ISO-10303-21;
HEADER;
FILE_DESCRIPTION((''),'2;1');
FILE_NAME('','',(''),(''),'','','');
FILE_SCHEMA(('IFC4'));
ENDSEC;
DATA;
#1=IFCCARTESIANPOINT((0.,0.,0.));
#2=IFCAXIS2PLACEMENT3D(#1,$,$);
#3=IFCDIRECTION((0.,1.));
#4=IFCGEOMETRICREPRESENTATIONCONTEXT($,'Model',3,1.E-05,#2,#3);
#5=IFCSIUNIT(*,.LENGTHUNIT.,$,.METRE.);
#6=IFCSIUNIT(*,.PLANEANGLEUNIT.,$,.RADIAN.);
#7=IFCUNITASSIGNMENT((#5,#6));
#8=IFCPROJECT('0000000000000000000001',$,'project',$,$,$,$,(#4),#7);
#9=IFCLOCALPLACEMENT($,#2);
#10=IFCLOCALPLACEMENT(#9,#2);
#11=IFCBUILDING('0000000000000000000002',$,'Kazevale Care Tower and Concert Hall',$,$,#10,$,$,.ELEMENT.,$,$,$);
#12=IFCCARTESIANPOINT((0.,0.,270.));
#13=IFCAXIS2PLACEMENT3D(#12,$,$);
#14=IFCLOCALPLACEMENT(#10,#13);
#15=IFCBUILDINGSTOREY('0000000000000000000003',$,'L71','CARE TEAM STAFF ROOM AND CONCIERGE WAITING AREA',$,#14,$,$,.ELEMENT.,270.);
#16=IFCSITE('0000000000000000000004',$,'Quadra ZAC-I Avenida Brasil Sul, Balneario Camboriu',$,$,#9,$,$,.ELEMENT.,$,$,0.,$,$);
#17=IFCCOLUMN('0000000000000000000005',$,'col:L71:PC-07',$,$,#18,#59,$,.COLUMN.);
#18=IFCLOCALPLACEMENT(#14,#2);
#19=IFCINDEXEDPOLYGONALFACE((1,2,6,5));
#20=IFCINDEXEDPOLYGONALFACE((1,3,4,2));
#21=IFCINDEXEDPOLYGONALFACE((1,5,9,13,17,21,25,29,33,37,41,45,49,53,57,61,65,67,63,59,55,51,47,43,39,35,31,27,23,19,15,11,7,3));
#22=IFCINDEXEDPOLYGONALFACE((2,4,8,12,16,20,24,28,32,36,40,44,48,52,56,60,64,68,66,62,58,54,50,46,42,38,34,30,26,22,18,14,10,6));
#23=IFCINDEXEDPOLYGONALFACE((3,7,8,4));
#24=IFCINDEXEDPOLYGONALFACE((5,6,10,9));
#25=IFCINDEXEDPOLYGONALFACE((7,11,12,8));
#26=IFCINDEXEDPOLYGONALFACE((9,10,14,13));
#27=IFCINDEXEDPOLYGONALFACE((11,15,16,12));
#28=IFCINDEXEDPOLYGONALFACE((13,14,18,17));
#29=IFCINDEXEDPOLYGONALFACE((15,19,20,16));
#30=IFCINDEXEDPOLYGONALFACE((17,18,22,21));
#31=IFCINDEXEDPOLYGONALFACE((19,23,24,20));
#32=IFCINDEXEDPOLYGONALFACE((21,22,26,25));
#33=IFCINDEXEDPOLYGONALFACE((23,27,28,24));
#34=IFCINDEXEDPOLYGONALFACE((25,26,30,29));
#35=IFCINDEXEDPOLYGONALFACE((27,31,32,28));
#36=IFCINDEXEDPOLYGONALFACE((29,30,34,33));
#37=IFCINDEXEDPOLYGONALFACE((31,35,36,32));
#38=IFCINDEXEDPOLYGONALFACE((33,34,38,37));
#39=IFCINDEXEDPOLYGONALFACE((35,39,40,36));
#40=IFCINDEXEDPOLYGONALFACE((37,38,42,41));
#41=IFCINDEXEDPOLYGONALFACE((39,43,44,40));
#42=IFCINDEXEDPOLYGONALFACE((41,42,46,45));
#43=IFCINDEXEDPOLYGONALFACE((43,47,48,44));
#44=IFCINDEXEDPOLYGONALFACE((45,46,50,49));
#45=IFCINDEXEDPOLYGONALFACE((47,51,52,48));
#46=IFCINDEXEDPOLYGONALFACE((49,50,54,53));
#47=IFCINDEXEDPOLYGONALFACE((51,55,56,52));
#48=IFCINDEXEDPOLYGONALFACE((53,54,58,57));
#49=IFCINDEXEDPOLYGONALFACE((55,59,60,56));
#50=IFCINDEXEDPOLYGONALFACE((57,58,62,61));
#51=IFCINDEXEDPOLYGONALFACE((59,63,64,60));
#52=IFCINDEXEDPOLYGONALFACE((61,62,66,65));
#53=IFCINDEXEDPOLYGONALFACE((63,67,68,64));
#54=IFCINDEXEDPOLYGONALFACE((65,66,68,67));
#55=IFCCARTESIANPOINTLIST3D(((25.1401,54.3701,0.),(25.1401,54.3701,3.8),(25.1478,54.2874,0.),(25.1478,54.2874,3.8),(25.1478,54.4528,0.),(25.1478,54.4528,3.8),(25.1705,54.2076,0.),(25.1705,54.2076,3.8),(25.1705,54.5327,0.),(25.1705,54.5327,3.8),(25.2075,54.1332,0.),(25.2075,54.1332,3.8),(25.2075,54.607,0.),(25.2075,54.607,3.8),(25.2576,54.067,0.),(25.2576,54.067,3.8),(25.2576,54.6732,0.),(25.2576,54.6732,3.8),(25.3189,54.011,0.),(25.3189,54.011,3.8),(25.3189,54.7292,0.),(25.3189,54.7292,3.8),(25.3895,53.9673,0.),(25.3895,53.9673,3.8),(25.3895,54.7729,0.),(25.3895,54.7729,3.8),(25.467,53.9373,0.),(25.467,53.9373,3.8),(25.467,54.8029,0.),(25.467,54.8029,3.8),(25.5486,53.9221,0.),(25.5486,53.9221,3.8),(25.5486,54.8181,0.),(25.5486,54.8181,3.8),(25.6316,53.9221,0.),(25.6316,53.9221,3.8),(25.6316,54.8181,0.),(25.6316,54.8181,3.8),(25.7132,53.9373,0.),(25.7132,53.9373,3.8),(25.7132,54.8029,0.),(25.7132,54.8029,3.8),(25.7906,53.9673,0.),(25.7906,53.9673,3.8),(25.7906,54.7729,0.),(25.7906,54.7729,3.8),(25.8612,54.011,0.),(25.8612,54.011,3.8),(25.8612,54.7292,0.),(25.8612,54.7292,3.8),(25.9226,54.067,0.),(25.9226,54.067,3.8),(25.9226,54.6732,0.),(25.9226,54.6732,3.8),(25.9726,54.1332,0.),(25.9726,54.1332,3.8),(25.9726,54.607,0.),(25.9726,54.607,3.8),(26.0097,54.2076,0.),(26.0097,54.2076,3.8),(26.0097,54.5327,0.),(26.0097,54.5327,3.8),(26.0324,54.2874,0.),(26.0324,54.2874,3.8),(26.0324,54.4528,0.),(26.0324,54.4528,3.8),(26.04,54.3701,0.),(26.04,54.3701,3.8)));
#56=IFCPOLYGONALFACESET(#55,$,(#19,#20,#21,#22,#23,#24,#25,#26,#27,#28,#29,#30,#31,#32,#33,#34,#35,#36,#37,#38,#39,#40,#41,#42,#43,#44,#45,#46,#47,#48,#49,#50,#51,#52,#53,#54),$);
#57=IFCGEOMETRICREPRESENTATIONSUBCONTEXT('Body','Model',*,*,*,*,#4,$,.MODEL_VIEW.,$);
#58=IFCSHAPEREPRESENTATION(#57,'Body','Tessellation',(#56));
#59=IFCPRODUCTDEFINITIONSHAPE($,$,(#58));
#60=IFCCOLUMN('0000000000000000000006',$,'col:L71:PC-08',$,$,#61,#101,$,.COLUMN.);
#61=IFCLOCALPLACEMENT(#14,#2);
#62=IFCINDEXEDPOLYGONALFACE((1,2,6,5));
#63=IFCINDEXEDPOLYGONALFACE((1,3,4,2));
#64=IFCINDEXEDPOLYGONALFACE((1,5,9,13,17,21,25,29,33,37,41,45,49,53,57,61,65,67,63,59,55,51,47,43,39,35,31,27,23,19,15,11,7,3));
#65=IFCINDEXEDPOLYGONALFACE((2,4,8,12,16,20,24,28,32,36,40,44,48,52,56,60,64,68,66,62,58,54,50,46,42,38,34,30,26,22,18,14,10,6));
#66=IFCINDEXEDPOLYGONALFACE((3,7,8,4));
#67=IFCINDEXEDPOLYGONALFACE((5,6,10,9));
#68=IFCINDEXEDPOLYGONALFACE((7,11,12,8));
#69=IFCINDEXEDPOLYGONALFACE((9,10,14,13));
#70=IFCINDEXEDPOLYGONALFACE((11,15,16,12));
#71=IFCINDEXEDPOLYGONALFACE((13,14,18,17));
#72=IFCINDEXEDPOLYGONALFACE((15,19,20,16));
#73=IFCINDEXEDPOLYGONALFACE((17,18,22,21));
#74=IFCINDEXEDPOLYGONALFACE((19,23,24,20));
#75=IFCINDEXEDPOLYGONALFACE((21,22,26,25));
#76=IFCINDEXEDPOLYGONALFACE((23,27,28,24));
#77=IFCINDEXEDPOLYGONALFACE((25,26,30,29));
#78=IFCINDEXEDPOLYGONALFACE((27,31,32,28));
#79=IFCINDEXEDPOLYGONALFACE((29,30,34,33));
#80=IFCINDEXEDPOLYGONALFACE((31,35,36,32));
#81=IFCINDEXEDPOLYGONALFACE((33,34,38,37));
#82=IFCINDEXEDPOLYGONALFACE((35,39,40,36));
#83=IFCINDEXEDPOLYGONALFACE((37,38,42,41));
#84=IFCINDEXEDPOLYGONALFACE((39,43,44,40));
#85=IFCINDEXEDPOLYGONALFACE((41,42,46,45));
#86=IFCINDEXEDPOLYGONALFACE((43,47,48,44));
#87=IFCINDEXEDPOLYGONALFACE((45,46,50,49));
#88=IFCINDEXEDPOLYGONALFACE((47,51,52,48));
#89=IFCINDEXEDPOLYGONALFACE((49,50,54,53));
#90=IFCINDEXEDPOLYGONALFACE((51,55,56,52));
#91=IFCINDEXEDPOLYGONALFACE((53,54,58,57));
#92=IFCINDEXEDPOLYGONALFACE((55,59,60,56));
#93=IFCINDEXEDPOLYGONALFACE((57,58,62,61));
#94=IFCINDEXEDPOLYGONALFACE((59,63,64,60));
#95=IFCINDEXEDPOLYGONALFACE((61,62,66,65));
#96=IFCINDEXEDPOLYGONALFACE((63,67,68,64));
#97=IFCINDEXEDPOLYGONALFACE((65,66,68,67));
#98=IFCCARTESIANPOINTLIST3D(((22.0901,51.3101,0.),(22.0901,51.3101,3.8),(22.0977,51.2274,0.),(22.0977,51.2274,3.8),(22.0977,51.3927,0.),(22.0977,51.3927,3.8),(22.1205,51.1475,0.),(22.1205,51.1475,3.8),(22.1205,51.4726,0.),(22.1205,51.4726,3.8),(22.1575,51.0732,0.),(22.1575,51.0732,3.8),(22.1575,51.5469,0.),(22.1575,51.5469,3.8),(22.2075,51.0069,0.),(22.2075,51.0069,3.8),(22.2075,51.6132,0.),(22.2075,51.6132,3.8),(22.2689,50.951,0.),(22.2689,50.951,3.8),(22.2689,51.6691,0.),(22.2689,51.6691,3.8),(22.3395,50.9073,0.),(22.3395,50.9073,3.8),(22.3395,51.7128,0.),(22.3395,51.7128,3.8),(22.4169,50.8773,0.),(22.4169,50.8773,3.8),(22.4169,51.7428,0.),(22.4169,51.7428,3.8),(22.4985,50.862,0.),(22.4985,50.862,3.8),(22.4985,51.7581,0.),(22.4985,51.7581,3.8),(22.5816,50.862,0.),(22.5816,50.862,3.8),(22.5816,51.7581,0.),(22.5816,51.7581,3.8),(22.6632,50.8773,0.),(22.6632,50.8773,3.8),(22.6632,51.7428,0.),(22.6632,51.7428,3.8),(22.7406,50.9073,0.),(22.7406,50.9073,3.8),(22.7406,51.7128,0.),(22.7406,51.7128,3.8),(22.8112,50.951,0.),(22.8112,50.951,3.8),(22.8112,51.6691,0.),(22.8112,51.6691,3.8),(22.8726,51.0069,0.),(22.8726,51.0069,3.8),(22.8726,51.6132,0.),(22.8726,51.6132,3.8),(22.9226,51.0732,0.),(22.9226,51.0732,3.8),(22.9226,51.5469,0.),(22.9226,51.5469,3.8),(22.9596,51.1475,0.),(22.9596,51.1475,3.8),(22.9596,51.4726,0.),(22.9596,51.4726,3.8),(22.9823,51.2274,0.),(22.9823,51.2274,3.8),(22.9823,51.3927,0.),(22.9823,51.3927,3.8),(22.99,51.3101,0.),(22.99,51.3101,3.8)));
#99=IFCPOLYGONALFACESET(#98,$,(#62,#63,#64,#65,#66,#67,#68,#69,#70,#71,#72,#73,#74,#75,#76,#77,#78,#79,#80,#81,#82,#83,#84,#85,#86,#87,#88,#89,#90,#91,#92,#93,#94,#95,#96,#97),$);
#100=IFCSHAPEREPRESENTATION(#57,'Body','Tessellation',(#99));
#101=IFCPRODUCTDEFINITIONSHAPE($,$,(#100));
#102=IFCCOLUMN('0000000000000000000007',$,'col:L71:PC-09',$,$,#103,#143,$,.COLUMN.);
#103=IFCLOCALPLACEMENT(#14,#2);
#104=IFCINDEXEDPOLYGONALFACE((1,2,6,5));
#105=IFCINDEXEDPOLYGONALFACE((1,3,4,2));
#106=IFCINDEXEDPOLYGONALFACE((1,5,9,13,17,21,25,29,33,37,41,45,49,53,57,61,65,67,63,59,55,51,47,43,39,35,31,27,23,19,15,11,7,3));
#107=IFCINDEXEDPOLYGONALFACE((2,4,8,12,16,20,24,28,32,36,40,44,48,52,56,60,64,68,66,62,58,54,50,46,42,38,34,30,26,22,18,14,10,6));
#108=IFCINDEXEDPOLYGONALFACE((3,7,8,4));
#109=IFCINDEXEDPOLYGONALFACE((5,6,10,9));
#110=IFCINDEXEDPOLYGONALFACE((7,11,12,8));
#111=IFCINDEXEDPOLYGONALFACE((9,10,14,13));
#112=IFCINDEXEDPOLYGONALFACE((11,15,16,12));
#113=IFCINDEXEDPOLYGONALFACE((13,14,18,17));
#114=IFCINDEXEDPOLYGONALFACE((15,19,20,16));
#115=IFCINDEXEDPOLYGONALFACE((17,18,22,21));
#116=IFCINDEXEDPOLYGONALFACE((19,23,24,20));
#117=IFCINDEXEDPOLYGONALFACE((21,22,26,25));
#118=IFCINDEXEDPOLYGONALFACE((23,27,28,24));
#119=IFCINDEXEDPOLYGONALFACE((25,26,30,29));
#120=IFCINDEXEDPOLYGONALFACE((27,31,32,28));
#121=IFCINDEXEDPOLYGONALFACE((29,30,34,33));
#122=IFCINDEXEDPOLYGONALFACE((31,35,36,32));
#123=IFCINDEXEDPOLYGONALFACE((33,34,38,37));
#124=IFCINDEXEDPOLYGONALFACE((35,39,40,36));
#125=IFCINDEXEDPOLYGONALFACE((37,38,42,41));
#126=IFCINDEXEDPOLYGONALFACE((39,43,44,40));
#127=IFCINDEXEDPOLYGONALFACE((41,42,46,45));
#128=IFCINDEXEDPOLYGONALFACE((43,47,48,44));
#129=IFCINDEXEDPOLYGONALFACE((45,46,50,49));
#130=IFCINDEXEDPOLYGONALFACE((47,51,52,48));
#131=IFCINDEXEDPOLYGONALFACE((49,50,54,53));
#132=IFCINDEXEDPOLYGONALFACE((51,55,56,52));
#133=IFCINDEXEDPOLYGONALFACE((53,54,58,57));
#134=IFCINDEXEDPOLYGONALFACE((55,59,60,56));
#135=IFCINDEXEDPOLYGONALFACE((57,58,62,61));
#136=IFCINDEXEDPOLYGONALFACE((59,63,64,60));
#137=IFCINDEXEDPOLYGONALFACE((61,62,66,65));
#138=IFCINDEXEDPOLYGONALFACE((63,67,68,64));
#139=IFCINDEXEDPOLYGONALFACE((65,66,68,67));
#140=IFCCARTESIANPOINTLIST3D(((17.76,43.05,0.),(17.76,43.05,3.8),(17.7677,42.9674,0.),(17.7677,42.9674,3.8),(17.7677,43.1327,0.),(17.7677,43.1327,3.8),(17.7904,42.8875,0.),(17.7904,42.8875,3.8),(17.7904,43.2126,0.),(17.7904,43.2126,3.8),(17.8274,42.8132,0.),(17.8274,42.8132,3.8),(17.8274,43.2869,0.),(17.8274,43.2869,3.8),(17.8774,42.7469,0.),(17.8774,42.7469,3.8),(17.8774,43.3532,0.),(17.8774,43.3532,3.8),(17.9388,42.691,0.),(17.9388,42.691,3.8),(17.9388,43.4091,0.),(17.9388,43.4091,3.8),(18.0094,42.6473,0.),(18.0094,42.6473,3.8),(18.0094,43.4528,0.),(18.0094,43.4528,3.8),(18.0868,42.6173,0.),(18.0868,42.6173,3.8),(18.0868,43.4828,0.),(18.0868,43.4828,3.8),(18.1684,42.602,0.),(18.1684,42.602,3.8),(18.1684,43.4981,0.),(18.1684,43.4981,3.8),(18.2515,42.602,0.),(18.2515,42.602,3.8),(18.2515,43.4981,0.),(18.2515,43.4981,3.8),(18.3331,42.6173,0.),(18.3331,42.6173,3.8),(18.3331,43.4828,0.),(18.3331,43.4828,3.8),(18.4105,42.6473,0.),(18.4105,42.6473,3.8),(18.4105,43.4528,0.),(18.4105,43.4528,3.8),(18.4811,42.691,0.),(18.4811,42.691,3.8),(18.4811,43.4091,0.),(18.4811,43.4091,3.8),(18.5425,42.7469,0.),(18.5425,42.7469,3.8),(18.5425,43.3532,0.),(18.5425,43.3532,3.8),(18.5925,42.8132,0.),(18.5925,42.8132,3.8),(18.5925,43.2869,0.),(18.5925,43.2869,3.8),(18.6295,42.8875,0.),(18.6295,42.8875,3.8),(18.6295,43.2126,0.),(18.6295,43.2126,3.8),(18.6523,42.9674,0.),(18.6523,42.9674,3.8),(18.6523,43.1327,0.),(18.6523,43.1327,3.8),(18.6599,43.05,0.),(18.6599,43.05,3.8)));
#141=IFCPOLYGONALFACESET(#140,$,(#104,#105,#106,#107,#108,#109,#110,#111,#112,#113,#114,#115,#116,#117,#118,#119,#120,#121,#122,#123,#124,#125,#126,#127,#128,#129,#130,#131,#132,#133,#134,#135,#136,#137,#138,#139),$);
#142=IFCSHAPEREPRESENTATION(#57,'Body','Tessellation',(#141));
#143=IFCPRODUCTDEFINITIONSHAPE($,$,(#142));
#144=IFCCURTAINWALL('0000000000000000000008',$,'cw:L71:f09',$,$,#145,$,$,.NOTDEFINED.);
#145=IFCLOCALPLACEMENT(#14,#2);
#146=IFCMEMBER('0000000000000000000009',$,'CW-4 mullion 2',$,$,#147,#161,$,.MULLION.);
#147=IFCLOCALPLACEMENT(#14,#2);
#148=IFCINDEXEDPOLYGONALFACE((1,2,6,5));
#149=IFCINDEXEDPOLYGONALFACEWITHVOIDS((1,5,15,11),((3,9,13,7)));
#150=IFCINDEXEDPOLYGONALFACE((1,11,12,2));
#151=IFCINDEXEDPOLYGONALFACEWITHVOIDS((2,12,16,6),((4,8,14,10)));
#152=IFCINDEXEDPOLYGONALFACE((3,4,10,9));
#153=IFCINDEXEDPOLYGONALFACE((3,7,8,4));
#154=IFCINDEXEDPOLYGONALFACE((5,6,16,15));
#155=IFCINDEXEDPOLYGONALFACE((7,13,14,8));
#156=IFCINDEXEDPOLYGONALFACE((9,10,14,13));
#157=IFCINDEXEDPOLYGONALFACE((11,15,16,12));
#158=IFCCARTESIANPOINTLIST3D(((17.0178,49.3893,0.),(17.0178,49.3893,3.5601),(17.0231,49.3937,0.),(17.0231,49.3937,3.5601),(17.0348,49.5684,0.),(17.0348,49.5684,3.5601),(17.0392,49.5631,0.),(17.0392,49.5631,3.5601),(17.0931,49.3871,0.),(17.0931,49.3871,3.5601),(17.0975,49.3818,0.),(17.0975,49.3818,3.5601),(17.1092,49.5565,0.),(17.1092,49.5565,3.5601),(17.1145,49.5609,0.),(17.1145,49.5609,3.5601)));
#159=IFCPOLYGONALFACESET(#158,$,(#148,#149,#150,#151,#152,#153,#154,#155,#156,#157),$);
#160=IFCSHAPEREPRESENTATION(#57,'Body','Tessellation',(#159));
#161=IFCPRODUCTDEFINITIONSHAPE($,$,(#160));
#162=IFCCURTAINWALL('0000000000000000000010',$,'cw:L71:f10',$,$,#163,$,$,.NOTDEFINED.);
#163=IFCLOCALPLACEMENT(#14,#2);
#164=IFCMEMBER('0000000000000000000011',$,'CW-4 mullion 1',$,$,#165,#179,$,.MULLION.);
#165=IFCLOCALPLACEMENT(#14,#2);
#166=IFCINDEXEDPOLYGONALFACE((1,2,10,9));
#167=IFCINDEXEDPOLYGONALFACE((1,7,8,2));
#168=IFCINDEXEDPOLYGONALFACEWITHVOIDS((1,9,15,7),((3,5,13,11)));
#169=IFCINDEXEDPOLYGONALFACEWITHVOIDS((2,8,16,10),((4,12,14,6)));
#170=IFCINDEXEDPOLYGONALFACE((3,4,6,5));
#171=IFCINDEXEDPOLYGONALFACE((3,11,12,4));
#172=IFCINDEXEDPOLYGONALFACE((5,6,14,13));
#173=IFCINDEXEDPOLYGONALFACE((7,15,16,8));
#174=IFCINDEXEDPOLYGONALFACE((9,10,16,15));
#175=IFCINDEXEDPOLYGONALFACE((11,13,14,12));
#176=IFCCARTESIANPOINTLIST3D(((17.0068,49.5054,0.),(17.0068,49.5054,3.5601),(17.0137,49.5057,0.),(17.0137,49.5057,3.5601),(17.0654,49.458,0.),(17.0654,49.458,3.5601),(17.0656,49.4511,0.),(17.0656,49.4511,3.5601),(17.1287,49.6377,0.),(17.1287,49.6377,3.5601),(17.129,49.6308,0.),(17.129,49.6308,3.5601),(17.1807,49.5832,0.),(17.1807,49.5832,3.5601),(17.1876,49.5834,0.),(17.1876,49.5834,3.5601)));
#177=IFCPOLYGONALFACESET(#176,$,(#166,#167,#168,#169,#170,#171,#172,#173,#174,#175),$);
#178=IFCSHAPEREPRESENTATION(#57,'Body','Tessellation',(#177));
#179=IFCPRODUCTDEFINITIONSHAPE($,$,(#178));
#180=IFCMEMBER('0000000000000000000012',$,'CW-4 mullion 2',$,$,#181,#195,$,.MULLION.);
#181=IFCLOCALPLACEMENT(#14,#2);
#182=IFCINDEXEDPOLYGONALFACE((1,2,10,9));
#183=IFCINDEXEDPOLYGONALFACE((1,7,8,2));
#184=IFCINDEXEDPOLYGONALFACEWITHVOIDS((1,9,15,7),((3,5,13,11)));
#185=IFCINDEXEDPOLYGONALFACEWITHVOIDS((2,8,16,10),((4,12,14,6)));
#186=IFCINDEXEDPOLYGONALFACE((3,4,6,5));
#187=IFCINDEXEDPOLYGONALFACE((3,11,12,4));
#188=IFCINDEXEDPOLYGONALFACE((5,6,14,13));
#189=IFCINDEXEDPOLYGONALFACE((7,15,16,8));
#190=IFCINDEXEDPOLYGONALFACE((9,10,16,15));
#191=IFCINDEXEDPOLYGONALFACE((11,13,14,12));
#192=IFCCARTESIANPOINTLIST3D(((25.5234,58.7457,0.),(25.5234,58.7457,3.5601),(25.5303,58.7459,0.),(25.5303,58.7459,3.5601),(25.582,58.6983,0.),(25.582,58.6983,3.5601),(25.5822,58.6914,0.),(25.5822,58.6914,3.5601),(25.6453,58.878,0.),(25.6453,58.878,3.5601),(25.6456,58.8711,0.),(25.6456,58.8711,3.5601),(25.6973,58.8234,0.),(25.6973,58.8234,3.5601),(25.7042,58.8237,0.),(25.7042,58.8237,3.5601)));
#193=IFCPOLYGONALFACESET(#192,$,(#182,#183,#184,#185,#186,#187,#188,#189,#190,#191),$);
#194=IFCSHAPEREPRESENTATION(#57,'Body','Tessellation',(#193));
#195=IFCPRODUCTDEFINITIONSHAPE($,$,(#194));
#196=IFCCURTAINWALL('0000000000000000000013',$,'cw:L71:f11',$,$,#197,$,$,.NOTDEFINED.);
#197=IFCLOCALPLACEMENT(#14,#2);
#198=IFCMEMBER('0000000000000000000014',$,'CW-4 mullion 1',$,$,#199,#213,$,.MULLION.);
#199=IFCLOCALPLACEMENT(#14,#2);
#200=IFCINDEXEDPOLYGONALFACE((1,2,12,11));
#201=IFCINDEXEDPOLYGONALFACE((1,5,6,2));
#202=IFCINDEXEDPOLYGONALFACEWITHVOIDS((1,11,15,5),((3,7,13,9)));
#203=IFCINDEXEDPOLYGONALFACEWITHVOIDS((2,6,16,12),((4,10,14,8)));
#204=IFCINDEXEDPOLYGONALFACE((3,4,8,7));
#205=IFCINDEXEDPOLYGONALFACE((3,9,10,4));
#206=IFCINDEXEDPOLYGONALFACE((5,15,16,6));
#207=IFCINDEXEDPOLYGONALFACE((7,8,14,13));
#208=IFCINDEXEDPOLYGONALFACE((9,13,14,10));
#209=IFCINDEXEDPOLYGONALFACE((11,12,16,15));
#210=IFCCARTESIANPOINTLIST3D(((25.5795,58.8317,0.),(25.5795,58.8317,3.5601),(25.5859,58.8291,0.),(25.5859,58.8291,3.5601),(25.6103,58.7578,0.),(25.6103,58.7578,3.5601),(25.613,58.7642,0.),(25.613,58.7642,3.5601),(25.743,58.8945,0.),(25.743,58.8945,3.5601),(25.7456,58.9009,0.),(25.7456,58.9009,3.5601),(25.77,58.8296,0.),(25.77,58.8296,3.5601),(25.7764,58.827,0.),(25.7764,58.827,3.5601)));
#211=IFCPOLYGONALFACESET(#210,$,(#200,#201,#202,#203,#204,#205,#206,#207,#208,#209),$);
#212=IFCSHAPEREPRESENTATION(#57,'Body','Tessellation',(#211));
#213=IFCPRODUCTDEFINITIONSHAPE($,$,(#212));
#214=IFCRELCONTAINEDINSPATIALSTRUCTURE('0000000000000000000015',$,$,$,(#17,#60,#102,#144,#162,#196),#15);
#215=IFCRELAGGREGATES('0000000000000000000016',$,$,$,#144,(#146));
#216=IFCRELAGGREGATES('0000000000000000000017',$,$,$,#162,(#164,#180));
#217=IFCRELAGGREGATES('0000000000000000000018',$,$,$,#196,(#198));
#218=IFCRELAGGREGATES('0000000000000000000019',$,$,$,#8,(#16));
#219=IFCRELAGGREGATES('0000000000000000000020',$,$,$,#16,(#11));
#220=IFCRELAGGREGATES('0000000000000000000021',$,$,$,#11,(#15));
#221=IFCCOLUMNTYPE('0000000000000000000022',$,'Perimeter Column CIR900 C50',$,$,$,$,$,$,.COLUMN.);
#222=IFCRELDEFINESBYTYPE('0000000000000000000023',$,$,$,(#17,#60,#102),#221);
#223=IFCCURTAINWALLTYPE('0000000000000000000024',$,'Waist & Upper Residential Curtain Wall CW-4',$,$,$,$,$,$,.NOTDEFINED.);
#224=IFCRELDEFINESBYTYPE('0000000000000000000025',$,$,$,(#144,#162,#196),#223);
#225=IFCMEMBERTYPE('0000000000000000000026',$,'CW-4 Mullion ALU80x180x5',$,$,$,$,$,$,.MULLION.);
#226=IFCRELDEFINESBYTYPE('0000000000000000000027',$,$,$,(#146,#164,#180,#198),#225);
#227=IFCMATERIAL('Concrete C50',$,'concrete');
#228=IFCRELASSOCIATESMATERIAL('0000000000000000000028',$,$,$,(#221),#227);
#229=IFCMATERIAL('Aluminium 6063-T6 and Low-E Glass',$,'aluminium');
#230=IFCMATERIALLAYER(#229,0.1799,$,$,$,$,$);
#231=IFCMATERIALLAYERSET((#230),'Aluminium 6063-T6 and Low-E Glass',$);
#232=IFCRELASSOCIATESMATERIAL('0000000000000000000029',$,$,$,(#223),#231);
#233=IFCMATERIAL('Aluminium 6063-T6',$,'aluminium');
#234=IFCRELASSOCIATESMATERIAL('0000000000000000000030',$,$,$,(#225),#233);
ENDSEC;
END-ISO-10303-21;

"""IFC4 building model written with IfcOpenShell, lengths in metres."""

from ifc_helpers import new_model, si_unit, direction, frame, origin, origin_2d, place, context, subcontext, project, spatial, hollow_rectangle, circle, extrude, material, layer, layer_set, material_profile, profile_set, type_object, element, aggregate, save


model = new_model("IFC4")

# Units and contexts
model_context = context("Model", 3, precision=1e-05, world=origin(), true_north=direction((0.0, 1.0)))
body_context = subcontext(model_context, "Body", "Model", "MODEL_VIEW")
ifc_project = project(units=[si_unit("LENGTHUNIT", "METRE"), si_unit("PLANEANGLEUNIT", "RADIAN")], contexts=[model_context])

# Site, building, storey
site_placement = place(None, origin())
site = spatial("IfcSite", under=ifc_project, at=site_placement, Name="Quadra ZAC-I Avenida Brasil Sul, Balneario Camboriu", CompositionType="ELEMENT", RefElevation=0.0)
building_placement = place(site_placement, origin())
building = spatial("IfcBuilding", under=site, at=building_placement, Name="Kazevale Care Tower and Concert Hall", CompositionType="ELEMENT")
storey_placement = place(building_placement, frame((0.0, 0.0, 270.0)))
storey = spatial("IfcBuildingStorey", under=building, at=storey_placement, Name="L71", Description="CARE TEAM STAFF ROOM AND CONCIERGE WAITING AREA", CompositionType="ELEMENT", Elevation=270.0)

# Columns
ifc_material_1 = material(Name="Concrete C50", Category="concrete")
ifc_material_profile_1 = material_profile(ifc_material_1, circle(Radius=0.45, at=origin_2d()), Name="RC-CIR900")
ifc_profile_set_1 = profile_set([ifc_material_profile_1], Name="Concrete C50")
column_type = type_object("IfcColumnType", Name="Perimeter Column CIR900 C50", PredefinedType="COLUMN", material=ifc_profile_set_1)
for number, where, z_axis, x_axis, name in (
    (1, (25.5901, 54.3701, 0.0), (0.0, 0.0, 1.0), (1.0, 0.0, 0.0), "col:L71:PC-07"),
    (2, (22.54, 51.3101, 0.0), (0.0, 0.0, 1.0), (1.0, 0.0, 0.0), "col:L71:PC-08"),
    (3, (18.21, 43.05, 0.0), (0.0, 0.0, 1.0), (1.0, 0.0, 0.0), "col:L71:PC-09"),
):
    element("IfcColumn", number, at=place(storey_placement, frame(where, z_axis=z_axis, x_axis=x_axis)), inside=storey, type_object=column_type, Name=name, PredefinedType="COLUMN", context=body_context, shape_type="SweptSolid", body=[
        extrude(circle(Radius=0.45, at=origin_2d()), origin(), (0.0, 0.0, 1.0), 3.8),
    ])

# Curtain wall, member
ifc_material_2 = material(Name="Aluminium 6063-T6 and Low-E Glass", Category="aluminium")
ifc_layer_1 = layer(ifc_material_2, 0.1799)
ifc_layer_set_1 = layer_set([ifc_layer_1], Name="Aluminium 6063-T6 and Low-E Glass")
curtain_wall_type = type_object("IfcCurtainWallType", Name="Waist & Upper Residential Curtain Wall CW-4", PredefinedType="NOTDEFINED", material=ifc_layer_set_1)
curtain_wall_1_placement = place(storey_placement, origin())
curtain_wall_1 = element("IfcCurtainWall", 4, at=curtain_wall_1_placement, inside=storey, type_object=curtain_wall_type, Name="cw:L71:f09", PredefinedType="NOTDEFINED")
ifc_material_3 = material(Name="Aluminium 6063-T6", Category="aluminium")
ifc_material_profile_2 = material_profile(ifc_material_3, hollow_rectangle(XDim=0.0801, YDim=0.1799, WallThickness=0.0049, at=origin_2d()), Name="ALU80x180x5")
ifc_profile_set_2 = profile_set([ifc_material_profile_2], Name="Aluminium 6063-T6")
member_type_1 = type_object("IfcMemberType", Name="CW-4 Mullion ALU80x180x5", PredefinedType="MULLION", material=ifc_profile_set_2)
member_1_placement = place(storey_placement, frame((17.0662, 49.4751, 0.0), z_axis=(0.0, 0.0, 1.0), x_axis=(-0.99555, 0.094238, 0.0)))
member_1 = element("IfcMember", 5, at=member_1_placement, type_object=member_type_1, Name="CW-4 mullion 2", PredefinedType="MULLION", context=body_context, shape_type="SweptSolid", body=[
    extrude(hollow_rectangle(XDim=0.0801, YDim=0.1799, WallThickness=0.0049, at=origin_2d()), origin(), (0.0, 0.0, 1.0), 3.5601),
])

# Curtain wall, members
curtain_wall_2_placement = place(storey_placement, origin())
curtain_wall_2 = element("IfcCurtainWall", 6, at=curtain_wall_2_placement, inside=storey, type_object=curtain_wall_type, Name="cw:L71:f10", PredefinedType="NOTDEFINED")
member_2_placement = place(storey_placement, frame((17.0972, 49.5444, 0.0), z_axis=(0.0, 0.0, 1.0), x_axis=(-0.735303, 0.677738, 0.0)))
member_2 = element("IfcMember", 7, at=member_2_placement, type_object=member_type_1, Name="CW-4 mullion 1", PredefinedType="MULLION", context=body_context, shape_type="SweptSolid", body=[
    extrude(hollow_rectangle(XDim=0.0801, YDim=0.1799, WallThickness=0.0049, at=origin_2d()), origin(), (0.0, 0.0, 1.0), 3.5601),
])
member_3_placement = place(storey_placement, frame((25.6138, 58.7847, 0.0), z_axis=(0.0, 0.0, 1.0), x_axis=(-0.735303, 0.677738, 0.0)))
member_3 = element("IfcMember", 8, at=member_3_placement, type_object=member_type_1, Name="CW-4 mullion 2", PredefinedType="MULLION", context=body_context, shape_type="SweptSolid", body=[
    extrude(hollow_rectangle(XDim=0.0801, YDim=0.1799, WallThickness=0.0049, at=origin_2d()), origin(), (0.0, 0.0, 1.0), 3.5601),
])

# Curtain wall, member
curtain_wall_3_placement = place(storey_placement, origin())
curtain_wall_3 = element("IfcCurtainWall", 9, at=curtain_wall_3_placement, inside=storey, type_object=curtain_wall_type, Name="cw:L71:f11", PredefinedType="NOTDEFINED")
member_4_placement = place(storey_placement, frame((25.678, 58.8293, 0.0), z_axis=(0.0, 0.0, 1.0), x_axis=(-0.384684, 0.923048, 0.0)))
member_4 = element("IfcMember", 10, at=member_4_placement, type_object=member_type_1, Name="CW-4 mullion 1", PredefinedType="MULLION", context=body_context, shape_type="SweptSolid", body=[
    extrude(hollow_rectangle(XDim=0.0801, YDim=0.1799, WallThickness=0.0049, at=origin_2d()), origin(), (0.0, 0.0, 1.0), 3.5601),
])

aggregate(curtain_wall_1, [member_1])
aggregate(curtain_wall_2, [member_2, member_3])
aggregate(curtain_wall_3, [member_4])

save(model, "model.ifc")
